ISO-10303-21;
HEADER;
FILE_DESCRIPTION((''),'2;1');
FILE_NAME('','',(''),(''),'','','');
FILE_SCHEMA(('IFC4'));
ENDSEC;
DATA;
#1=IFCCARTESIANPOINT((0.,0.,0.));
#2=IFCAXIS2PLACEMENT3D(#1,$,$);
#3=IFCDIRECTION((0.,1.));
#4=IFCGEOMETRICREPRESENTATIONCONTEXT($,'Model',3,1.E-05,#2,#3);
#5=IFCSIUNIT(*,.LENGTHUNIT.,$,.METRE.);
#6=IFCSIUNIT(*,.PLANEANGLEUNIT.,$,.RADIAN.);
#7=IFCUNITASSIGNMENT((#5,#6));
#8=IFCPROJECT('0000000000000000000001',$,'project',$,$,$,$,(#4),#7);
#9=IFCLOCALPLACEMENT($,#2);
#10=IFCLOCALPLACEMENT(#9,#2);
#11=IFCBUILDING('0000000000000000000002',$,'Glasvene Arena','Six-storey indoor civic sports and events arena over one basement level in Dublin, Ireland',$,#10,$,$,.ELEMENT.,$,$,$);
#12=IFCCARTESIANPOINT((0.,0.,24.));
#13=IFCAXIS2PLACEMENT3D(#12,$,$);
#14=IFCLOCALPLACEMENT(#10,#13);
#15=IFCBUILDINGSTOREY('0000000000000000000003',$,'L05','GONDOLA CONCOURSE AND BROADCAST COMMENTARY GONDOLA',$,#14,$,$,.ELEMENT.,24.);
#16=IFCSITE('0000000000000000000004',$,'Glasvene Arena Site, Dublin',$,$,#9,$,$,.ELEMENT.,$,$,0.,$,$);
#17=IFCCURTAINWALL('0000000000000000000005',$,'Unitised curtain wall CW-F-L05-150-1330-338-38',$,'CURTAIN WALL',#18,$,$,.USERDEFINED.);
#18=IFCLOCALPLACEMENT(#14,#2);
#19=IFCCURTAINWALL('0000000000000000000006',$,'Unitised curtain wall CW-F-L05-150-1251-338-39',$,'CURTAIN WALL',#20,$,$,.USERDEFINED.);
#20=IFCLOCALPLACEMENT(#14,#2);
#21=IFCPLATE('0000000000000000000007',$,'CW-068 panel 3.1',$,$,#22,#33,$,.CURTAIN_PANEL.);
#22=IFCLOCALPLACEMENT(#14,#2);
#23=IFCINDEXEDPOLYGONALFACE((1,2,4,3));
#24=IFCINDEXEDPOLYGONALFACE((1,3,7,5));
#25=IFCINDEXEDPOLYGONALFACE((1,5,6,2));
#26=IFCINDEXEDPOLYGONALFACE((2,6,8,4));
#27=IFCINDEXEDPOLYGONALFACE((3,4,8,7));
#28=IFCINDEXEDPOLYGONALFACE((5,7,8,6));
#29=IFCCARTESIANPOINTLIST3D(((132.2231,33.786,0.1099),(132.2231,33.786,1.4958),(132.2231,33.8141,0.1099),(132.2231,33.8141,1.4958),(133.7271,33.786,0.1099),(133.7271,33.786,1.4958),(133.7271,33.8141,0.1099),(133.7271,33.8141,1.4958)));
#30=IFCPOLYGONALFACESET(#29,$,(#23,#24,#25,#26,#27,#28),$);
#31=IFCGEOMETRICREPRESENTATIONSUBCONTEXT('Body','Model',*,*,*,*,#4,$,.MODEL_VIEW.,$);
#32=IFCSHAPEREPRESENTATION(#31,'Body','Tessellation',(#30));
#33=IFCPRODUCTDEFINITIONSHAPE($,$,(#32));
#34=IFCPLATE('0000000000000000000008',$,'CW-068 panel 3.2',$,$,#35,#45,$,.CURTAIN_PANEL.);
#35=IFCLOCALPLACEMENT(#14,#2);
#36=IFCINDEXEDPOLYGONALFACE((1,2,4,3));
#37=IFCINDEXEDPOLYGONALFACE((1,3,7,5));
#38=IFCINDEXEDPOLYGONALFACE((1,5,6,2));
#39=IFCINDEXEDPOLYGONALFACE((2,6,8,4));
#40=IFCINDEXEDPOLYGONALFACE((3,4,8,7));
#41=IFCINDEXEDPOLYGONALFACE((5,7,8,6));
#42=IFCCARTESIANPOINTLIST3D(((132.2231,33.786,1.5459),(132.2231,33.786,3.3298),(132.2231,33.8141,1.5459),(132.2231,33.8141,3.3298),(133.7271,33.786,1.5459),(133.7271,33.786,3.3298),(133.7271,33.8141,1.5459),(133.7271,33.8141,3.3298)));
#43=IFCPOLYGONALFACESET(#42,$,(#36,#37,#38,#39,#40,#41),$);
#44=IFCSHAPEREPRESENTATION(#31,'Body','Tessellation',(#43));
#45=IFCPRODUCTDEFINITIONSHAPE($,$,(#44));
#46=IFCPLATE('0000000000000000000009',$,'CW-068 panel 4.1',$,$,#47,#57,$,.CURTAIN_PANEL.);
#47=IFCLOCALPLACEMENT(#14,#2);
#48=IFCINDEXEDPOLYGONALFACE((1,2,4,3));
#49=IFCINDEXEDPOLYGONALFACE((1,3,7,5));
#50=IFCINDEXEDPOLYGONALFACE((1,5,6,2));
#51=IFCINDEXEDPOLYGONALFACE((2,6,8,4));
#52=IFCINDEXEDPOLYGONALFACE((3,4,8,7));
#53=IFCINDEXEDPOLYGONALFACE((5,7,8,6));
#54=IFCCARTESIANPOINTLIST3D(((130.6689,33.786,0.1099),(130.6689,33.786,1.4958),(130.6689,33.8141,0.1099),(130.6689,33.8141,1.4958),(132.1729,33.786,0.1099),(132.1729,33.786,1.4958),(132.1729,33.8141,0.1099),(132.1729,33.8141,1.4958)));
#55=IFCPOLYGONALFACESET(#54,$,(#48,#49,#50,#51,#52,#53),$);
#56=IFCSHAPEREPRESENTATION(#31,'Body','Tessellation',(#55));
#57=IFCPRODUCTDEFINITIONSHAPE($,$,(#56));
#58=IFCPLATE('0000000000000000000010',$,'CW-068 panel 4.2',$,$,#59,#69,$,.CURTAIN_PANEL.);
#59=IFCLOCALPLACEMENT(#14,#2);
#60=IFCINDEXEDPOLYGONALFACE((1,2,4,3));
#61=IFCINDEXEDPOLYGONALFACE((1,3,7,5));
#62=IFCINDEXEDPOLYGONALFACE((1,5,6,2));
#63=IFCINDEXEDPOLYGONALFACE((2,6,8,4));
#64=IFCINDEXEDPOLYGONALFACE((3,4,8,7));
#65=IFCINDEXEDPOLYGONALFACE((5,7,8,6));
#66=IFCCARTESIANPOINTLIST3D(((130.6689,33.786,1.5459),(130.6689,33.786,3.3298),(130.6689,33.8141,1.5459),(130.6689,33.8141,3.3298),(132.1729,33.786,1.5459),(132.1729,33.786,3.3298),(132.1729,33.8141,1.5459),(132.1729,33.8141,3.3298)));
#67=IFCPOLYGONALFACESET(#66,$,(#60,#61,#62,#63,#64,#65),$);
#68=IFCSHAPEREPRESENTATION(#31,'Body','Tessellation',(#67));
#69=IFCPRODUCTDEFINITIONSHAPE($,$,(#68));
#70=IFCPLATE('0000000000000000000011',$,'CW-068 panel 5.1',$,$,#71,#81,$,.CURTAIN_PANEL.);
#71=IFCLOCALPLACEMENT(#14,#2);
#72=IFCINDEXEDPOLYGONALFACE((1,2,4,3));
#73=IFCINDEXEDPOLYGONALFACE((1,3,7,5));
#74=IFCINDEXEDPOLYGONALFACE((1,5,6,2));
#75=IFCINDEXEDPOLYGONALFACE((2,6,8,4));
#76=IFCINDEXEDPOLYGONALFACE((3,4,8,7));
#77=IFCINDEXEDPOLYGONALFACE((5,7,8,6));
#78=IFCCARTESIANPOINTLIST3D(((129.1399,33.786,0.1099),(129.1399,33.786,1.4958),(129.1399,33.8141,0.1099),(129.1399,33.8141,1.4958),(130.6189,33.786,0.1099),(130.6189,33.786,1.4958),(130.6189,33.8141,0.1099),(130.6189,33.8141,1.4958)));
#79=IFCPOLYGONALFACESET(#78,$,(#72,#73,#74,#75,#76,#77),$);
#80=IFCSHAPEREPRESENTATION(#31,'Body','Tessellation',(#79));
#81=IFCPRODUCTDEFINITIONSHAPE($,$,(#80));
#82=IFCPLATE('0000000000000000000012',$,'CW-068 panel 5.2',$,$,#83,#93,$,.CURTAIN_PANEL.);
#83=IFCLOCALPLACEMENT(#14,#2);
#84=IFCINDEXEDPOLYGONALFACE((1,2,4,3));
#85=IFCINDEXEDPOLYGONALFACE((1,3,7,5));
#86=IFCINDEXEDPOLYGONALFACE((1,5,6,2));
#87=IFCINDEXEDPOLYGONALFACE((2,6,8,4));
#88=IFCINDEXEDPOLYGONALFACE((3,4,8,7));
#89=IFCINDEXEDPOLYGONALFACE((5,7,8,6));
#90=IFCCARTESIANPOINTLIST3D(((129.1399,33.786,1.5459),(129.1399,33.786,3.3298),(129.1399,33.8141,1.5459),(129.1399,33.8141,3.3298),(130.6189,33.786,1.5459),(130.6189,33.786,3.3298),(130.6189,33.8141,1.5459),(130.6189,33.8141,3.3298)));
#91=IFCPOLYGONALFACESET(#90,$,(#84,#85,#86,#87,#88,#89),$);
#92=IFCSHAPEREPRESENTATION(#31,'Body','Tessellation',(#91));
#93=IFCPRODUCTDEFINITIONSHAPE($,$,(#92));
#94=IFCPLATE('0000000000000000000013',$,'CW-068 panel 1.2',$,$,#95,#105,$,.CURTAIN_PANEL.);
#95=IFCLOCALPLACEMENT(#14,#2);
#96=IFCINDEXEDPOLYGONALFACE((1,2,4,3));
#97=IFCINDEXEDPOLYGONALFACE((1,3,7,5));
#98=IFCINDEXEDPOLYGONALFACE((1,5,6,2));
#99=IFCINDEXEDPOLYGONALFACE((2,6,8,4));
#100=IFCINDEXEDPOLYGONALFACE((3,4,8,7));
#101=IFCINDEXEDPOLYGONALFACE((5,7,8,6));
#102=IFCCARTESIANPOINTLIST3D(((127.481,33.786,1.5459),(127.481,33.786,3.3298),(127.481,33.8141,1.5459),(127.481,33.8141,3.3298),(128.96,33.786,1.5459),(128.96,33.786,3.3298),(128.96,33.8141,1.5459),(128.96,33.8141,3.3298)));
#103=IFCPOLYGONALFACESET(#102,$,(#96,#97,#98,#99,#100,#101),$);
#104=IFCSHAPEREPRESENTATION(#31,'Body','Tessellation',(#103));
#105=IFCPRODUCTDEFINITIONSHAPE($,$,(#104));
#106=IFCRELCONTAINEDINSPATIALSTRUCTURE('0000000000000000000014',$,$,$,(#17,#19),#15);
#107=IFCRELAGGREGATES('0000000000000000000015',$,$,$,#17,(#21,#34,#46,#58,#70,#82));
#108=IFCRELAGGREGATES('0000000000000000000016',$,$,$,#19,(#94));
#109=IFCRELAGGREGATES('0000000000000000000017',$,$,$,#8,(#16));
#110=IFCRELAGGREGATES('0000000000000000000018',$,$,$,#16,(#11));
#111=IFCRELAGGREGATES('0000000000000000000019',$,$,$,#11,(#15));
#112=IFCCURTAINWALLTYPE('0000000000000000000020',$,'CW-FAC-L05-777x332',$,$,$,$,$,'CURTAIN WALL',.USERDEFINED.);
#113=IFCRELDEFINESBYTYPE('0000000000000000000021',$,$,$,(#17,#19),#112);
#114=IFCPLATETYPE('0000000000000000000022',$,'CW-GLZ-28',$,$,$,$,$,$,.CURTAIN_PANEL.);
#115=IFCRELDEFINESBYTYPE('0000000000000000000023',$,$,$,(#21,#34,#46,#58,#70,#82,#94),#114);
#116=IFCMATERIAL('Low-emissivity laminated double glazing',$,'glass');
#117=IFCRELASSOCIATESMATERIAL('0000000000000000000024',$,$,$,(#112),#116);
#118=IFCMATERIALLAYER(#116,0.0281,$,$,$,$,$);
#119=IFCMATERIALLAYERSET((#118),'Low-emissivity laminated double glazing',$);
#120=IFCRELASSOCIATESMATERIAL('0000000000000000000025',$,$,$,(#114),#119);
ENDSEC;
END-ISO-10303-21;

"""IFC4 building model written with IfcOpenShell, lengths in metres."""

from ifc_helpers import new_model, si_unit, direction, frame, origin, origin_2d, place, context, subcontext, project, spatial, rectangle, extrude, material, layer, layer_set, type_object, element, aggregate, save


model = new_model("IFC4")

# Units and contexts
model_context = context("Model", 3, precision=1e-05, world=origin(), true_north=direction((0.0, 1.0)))
body_context = subcontext(model_context, "Body", "Model", "MODEL_VIEW")
ifc_project = project(units=[si_unit("LENGTHUNIT", "METRE"), si_unit("PLANEANGLEUNIT", "RADIAN")], contexts=[model_context])

# Site, building, storey
site_placement = place(None, origin())
site = spatial("IfcSite", under=ifc_project, at=site_placement, Name="Glasvene Arena Site, Dublin", CompositionType="ELEMENT", RefElevation=0.0)
building_placement = place(site_placement, origin())
building = spatial("IfcBuilding", under=site, at=building_placement, Name="Glasvene Arena", Description="Six-storey indoor civic sports and events arena over one basement level in Dublin, Ireland", CompositionType="ELEMENT")
storey_placement = place(building_placement, frame((0.0, 0.0, 24.0)))
storey = spatial("IfcBuildingStorey", under=building, at=storey_placement, Name="L05", Description="GONDOLA CONCOURSE AND BROADCAST COMMENTARY GONDOLA", CompositionType="ELEMENT", Elevation=24.0)

# Curtain wall
ifc_material_1 = material(Name="Low-emissivity laminated double glazing", Category="glass")
curtain_wall_type = type_object("IfcCurtainWallType", Name="CW-FAC-L05-777x332", ElementType="CURTAIN WALL", PredefinedType="USERDEFINED", material=ifc_material_1)
curtain_wall_1_placement = place(storey_placement, frame((136.8601, 33.8, 0.0)))
curtain_wall_1 = element("IfcCurtainWall", 1, at=curtain_wall_1_placement, inside=storey, type_object=curtain_wall_type, Name="Unitised curtain wall CW-F-L05-150-1330-338-38", ObjectType="CURTAIN WALL", PredefinedType="USERDEFINED")

# Curtain wall
curtain_wall_2_placement = place(storey_placement, frame((129.01, 33.8, 0.0)))
curtain_wall_2 = element("IfcCurtainWall", 2, at=curtain_wall_2_placement, inside=storey, type_object=curtain_wall_type, Name="Unitised curtain wall CW-F-L05-150-1251-338-39", ObjectType="CURTAIN WALL", PredefinedType="USERDEFINED")

# Plates
ifc_layer = layer(ifc_material_1, 0.0281)
ifc_layer_set = layer_set([ifc_layer], Name="Low-emissivity laminated double glazing")
plate_type = type_object("IfcPlateType", Name="CW-GLZ-28", PredefinedType="CURTAIN_PANEL", material=ifc_layer_set)
plate_1_placement = place(storey_placement, frame((132.9751, 33.8, 0.1099), z_axis=(0.0, 0.0, 1.0), x_axis=(-1.0, 0.0, 0.0)))
plate_1 = element("IfcPlate", 3, at=plate_1_placement, type_object=plate_type, Name="CW-068 panel 3.1", PredefinedType="CURTAIN_PANEL", context=body_context, shape_type="SweptSolid", body=[
    extrude(rectangle(XDim=1.5039, YDim=0.0281, at=origin_2d()), origin(), (0.0, 0.0, 1.0), 1.386),
])
plate_2_placement = place(storey_placement, frame((132.9751, 33.8, 1.5459), z_axis=(0.0, 0.0, 1.0), x_axis=(-1.0, 0.0, 0.0)))
plate_2 = element("IfcPlate", 4, at=plate_2_placement, type_object=plate_type, Name="CW-068 panel 3.2", PredefinedType="CURTAIN_PANEL", context=body_context, shape_type="SweptSolid", body=[
    extrude(rectangle(XDim=1.5039, YDim=0.0281, at=origin_2d()), origin(), (0.0, 0.0, 1.0), 1.7839),
])
plate_3_placement = place(storey_placement, frame((131.4209, 33.8, 0.1099), z_axis=(0.0, 0.0, 1.0), x_axis=(-1.0, 0.0, 0.0)))
plate_3 = element("IfcPlate", 5, at=plate_3_placement, type_object=plate_type, Name="CW-068 panel 4.1", PredefinedType="CURTAIN_PANEL", context=body_context, shape_type="SweptSolid", body=[
    extrude(rectangle(XDim=1.5039, YDim=0.0281, at=origin_2d()), origin(), (0.0, 0.0, 1.0), 1.386),
])
plate_4_placement = place(storey_placement, frame((131.4209, 33.8, 1.5459), z_axis=(0.0, 0.0, 1.0), x_axis=(-1.0, 0.0, 0.0)))
plate_4 = element("IfcPlate", 6, at=plate_4_placement, type_object=plate_type, Name="CW-068 panel 4.2", PredefinedType="CURTAIN_PANEL", context=body_context, shape_type="SweptSolid", body=[
    extrude(rectangle(XDim=1.5039, YDim=0.0281, at=origin_2d()), origin(), (0.0, 0.0, 1.0), 1.7839),
])
plate_5_placement = place(storey_placement, frame((129.8794, 33.8, 0.1099), z_axis=(0.0, 0.0, 1.0), x_axis=(-1.0, 0.0, 0.0)))
plate_5 = element("IfcPlate", 7, at=plate_5_placement, type_object=plate_type, Name="CW-068 panel 5.1", PredefinedType="CURTAIN_PANEL", context=body_context, shape_type="SweptSolid", body=[
    extrude(rectangle(XDim=1.479, YDim=0.0281, at=origin_2d()), origin(), (0.0, 0.0, 1.0), 1.386),
])
plate_6_placement = place(storey_placement, frame((129.8794, 33.8, 1.5459), z_axis=(0.0, 0.0, 1.0), x_axis=(-1.0, 0.0, 0.0)))
plate_6 = element("IfcPlate", 8, at=plate_6_placement, type_object=plate_type, Name="CW-068 panel 5.2", PredefinedType="CURTAIN_PANEL", context=body_context, shape_type="SweptSolid", body=[
    extrude(rectangle(XDim=1.479, YDim=0.0281, at=origin_2d()), origin(), (0.0, 0.0, 1.0), 1.7839),
])
aggregate(curtain_wall_1, [plate_1, plate_2, plate_3, plate_4, plate_5, plate_6])
plate_7_placement = place(storey_placement, frame((128.2205, 33.8, 1.5459), z_axis=(0.0, 0.0, 1.0), x_axis=(-1.0, 0.0, 0.0)))
plate_7 = element("IfcPlate", 9, at=plate_7_placement, type_object=plate_type, Name="CW-068 panel 1.2", PredefinedType="CURTAIN_PANEL", context=body_context, shape_type="SweptSolid", body=[
    extrude(rectangle(XDim=1.479, YDim=0.0281, at=origin_2d()), origin(), (0.0, 0.0, 1.0), 1.7839),
])
aggregate(curtain_wall_2, [plate_7])

save(model, "model.ifc")
